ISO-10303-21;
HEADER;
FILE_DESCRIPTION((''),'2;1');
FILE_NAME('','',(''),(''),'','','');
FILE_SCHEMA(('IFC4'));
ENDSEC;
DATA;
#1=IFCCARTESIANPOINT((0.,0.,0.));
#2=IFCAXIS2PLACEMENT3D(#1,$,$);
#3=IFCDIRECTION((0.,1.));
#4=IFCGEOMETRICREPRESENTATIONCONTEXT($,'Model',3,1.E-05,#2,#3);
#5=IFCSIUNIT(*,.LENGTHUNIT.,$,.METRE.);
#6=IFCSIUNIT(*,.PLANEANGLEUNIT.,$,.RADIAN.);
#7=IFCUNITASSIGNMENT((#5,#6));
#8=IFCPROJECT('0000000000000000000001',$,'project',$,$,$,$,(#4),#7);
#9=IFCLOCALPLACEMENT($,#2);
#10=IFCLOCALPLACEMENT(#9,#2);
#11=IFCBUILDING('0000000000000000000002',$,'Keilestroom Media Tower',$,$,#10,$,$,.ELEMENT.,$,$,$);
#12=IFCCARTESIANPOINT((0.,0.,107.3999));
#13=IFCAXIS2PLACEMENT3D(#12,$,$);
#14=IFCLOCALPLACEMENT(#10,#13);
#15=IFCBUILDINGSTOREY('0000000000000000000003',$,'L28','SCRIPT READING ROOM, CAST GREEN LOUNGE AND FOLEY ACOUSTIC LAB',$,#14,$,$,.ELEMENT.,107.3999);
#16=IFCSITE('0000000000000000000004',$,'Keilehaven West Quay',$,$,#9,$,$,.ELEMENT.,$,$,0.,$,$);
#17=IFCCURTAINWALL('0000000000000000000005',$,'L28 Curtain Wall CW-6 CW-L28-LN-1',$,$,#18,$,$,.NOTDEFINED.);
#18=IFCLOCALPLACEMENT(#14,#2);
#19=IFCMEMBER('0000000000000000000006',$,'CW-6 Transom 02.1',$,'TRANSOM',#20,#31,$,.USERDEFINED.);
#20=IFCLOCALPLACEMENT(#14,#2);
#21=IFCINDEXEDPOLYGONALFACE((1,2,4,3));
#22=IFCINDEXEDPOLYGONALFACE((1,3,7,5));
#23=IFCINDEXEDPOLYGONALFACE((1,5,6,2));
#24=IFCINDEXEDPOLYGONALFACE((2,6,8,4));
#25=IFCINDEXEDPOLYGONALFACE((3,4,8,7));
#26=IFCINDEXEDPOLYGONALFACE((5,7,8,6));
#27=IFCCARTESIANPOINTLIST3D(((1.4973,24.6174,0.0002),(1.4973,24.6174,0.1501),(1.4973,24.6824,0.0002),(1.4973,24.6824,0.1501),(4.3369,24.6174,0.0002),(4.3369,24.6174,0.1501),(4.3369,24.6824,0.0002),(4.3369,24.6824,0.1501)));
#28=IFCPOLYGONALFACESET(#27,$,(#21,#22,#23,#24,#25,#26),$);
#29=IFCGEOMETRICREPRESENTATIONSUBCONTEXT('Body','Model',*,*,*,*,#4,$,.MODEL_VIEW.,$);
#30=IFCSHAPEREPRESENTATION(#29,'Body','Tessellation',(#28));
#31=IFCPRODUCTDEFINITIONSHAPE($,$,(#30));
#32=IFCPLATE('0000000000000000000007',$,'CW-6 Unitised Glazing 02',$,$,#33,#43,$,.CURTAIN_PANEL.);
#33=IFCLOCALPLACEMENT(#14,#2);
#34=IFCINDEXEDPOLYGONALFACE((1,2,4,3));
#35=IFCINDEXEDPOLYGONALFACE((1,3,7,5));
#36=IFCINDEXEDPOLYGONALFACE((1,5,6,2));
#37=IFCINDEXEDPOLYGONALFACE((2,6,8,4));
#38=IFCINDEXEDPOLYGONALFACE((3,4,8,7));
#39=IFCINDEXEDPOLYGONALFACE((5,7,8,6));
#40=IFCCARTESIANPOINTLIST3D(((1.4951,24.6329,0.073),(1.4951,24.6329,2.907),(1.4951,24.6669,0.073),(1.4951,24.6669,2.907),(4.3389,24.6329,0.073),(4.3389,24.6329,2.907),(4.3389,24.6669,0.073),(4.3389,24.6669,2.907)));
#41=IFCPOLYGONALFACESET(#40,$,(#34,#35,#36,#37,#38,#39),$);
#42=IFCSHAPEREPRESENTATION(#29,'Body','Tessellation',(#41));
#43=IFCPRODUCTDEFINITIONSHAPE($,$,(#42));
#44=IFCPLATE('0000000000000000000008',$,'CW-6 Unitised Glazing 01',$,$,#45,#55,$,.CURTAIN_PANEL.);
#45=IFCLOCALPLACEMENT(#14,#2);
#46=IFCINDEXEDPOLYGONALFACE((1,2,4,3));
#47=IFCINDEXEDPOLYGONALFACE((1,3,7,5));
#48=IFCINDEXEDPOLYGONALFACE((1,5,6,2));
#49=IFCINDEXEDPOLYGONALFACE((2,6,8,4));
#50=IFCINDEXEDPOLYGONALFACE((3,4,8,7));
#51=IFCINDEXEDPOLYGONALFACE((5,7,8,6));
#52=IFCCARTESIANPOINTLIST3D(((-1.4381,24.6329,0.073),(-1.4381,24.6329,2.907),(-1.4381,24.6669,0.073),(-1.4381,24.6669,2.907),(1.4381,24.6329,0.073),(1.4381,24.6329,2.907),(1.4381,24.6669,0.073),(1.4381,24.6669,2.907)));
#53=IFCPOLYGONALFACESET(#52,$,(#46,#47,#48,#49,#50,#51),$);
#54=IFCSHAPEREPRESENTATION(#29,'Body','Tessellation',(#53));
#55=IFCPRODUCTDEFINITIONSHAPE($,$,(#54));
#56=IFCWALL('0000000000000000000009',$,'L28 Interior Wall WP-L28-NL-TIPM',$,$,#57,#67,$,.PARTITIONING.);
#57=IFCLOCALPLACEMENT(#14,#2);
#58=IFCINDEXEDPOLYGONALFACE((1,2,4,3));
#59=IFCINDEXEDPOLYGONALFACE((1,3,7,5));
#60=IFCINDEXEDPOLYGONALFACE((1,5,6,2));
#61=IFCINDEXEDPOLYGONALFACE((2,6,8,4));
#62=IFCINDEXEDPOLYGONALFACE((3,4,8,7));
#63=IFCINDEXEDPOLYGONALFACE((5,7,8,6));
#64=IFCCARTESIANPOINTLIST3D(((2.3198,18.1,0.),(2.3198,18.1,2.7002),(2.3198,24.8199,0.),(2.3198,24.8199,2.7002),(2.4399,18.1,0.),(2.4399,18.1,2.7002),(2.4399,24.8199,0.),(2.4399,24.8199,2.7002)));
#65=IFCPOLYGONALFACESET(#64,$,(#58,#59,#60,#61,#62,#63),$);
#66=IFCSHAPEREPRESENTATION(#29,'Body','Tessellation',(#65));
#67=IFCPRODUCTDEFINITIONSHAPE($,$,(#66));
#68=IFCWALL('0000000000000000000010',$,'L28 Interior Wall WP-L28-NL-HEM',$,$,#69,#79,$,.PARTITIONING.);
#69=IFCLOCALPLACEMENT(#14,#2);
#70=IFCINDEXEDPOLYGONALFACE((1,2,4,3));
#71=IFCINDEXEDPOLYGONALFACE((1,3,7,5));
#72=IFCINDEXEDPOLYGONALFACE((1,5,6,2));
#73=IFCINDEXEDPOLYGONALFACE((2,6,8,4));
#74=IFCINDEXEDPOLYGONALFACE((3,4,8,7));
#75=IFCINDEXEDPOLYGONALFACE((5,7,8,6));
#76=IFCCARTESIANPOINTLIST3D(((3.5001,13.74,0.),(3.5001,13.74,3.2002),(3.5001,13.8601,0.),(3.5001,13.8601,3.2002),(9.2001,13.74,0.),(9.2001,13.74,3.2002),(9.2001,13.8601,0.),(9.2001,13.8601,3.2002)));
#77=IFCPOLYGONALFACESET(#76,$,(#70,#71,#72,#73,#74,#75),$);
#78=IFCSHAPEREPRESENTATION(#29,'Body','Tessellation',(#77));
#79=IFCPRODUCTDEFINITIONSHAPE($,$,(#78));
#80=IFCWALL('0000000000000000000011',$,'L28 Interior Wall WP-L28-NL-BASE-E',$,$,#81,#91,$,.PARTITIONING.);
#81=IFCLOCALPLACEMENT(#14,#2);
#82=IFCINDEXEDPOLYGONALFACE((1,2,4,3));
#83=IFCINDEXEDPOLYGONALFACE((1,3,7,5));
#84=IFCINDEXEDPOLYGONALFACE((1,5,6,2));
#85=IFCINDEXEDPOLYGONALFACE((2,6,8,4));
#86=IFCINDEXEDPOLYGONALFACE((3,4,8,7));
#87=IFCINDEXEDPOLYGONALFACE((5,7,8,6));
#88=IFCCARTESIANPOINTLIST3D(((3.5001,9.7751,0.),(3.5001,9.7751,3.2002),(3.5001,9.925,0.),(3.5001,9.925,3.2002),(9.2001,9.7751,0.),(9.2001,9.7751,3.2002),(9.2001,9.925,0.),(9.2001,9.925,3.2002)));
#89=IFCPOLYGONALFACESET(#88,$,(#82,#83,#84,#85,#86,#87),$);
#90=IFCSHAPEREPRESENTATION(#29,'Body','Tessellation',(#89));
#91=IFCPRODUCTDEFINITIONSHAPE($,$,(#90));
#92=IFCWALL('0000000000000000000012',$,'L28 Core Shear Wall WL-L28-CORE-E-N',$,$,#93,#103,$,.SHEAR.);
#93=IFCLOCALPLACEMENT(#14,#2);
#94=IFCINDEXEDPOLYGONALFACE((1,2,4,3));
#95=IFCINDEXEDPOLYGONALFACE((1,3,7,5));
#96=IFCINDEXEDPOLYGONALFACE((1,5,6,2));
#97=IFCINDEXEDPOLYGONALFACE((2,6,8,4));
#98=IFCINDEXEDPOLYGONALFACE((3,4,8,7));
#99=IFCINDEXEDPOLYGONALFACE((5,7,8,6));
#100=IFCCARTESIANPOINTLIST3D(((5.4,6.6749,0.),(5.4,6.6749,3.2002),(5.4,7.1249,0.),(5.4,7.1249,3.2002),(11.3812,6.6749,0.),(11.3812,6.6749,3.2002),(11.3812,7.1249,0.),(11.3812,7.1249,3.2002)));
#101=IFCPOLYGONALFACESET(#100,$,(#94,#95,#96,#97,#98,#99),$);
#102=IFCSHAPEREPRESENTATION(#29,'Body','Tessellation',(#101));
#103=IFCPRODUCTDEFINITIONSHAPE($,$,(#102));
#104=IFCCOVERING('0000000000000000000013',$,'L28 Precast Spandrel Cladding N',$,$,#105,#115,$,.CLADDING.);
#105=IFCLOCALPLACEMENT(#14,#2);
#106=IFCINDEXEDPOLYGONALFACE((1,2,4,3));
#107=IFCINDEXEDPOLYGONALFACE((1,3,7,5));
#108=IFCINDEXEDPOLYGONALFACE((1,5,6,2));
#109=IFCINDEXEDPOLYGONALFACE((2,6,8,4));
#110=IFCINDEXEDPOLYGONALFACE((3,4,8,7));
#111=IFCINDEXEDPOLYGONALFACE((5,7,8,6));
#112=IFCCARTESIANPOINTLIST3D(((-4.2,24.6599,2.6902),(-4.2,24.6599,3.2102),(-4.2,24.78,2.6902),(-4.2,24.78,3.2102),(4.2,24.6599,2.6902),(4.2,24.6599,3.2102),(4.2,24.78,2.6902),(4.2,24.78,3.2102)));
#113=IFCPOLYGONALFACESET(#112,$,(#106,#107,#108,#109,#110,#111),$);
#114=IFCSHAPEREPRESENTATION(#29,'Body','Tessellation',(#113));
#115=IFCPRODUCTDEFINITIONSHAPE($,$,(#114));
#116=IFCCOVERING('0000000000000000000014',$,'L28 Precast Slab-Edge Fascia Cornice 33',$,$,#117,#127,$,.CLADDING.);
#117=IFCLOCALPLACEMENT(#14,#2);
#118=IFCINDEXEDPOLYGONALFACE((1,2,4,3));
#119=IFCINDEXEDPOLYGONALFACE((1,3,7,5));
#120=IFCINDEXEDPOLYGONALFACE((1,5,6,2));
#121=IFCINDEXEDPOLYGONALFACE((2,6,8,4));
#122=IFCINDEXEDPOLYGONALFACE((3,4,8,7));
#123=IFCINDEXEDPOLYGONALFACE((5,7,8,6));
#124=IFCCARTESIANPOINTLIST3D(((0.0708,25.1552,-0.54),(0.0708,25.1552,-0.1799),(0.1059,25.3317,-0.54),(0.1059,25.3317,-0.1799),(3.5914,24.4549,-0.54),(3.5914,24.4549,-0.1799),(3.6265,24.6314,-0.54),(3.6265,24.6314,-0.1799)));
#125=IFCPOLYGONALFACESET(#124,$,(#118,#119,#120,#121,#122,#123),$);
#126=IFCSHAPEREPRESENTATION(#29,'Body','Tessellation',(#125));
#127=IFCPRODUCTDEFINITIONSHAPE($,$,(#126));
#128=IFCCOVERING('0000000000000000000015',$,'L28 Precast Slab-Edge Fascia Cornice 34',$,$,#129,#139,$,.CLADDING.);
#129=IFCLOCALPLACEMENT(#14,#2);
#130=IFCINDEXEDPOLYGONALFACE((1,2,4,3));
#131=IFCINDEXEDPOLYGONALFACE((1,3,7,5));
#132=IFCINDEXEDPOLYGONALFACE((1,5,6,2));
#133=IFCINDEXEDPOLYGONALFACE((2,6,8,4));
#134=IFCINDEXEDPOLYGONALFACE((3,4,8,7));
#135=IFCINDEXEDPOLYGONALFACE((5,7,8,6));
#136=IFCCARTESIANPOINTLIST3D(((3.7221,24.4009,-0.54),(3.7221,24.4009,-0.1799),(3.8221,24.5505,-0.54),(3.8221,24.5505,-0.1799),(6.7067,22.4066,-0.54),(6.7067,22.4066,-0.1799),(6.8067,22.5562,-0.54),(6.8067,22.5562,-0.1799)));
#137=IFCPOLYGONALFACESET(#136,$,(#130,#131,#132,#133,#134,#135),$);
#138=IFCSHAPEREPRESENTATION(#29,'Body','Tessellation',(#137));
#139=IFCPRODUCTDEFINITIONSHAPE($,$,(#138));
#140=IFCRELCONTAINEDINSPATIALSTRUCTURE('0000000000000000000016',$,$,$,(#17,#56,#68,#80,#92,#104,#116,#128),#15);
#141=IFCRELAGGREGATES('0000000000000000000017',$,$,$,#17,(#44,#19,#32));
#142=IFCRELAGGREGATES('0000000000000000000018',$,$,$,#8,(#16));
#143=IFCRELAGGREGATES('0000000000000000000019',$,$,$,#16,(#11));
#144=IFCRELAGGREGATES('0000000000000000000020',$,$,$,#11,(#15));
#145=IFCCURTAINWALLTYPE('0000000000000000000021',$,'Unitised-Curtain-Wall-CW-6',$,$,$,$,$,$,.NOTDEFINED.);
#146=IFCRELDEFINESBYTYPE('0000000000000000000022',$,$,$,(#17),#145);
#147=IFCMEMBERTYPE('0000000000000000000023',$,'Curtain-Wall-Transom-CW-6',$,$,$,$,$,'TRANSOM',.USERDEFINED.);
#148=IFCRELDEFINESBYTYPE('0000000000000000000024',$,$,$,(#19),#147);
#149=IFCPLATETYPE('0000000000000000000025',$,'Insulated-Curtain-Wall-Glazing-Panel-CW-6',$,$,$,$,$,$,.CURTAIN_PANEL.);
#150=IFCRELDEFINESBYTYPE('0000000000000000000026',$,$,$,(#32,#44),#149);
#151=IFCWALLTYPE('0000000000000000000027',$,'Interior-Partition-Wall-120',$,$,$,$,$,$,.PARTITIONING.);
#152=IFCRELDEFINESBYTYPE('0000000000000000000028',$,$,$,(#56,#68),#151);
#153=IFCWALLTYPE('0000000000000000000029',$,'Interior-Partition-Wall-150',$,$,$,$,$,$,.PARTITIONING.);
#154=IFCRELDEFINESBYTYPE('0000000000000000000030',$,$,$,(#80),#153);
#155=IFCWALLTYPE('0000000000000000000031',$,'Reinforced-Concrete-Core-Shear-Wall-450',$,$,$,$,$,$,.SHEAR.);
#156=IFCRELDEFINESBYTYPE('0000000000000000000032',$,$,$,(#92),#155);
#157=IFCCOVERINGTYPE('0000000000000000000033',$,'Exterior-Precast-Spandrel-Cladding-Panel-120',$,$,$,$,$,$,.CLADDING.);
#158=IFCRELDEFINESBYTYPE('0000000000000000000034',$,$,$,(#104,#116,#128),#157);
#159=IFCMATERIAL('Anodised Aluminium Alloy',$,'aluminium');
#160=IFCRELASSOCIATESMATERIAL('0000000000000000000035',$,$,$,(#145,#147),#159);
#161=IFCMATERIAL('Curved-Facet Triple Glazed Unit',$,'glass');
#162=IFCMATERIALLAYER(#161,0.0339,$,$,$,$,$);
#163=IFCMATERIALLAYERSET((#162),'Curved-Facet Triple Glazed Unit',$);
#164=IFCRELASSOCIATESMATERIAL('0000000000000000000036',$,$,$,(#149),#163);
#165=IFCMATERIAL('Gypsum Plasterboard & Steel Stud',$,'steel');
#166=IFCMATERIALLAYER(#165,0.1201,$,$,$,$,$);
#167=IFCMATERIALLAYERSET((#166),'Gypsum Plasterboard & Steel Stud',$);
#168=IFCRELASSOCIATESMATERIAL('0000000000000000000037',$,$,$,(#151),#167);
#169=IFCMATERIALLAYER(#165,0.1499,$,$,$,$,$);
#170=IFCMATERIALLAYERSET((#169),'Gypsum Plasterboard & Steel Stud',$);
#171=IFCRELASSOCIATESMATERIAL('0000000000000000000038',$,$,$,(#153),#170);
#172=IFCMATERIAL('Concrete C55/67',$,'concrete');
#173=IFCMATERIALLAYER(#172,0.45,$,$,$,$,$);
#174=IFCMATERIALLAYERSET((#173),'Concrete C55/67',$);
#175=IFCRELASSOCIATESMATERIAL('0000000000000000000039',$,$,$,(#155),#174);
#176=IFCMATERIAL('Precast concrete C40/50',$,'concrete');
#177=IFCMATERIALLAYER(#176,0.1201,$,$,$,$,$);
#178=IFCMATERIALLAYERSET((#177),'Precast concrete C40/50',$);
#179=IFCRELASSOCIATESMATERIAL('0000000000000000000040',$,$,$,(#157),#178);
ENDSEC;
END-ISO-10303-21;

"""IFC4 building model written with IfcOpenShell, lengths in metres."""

from ifc_helpers import new_model, si_unit, direction, frame, frame_2d, origin, origin_2d, place, context, subcontext, project, spatial, rectangle, extrude, source, transform, mapped, material, layer, layer_set, material_profile, profile_set, type_object, element, aggregate, save


model = new_model("IFC4")

# Units and contexts
model_context = context("Model", 3, precision=1e-05, world=origin(), true_north=direction((0.0, 1.0)))
body_context = subcontext(model_context, "Body", "Model", "MODEL_VIEW")
ifc_project = project(units=[si_unit("LENGTHUNIT", "METRE"), si_unit("PLANEANGLEUNIT", "RADIAN")], contexts=[model_context])

# Site, building, storey
site_placement = place(None, origin())
site = spatial("IfcSite", under=ifc_project, at=site_placement, Name="Keilehaven West Quay", CompositionType="ELEMENT", RefElevation=0.0)
building_placement = place(site_placement, origin())
building = spatial("IfcBuilding", under=site, at=building_placement, Name="Keilestroom Media Tower", CompositionType="ELEMENT")
storey_placement = place(building_placement, frame((0.0, 0.0, 107.3999)))
storey = spatial("IfcBuildingStorey", under=building, at=storey_placement, Name="L28", Description="SCRIPT READING ROOM, CAST GREEN LOUNGE AND FOLEY ACOUSTIC LAB", CompositionType="ELEMENT", Elevation=107.3999)

# Shared definitions
ifc_material_1 = material(Name="Concrete C55/67", Category="concrete")

# Curtain wall, member, plates
ifc_material_2 = material(Name="Anodised Aluminium Alloy", Category="aluminium")
curtain_wall_type = type_object("IfcCurtainWallType", Name="Unitised-Curtain-Wall-CW-6", PredefinedType="NOTDEFINED", material=ifc_material_2)
curtain_wall_placement = place(storey_placement, origin())
curtain_wall = element("IfcCurtainWall", 1, at=curtain_wall_placement, inside=storey, type_object=curtain_wall_type, Name="L28 Curtain Wall CW-6 CW-L28-LN-1", PredefinedType="NOTDEFINED")
ifc_material_profile_1 = material_profile(ifc_material_2, rectangle(XDim=0.0649, YDim=0.1499, at=origin_2d()), Name="ALU TRANSOM 65x150")
ifc_profile_set_1 = profile_set([ifc_material_profile_1], Name="Anodised Aluminium Alloy")
member_type_1 = type_object("IfcMemberType", Name="Curtain-Wall-Transom-CW-6", ElementType="TRANSOM", PredefinedType="USERDEFINED", material=ifc_profile_set_1)
shared_shape_1 = source(origin(), body_context, "Body", "SweptSolid", [
    extrude(rectangle(XDim=0.0649, YDim=0.1499, at=origin_2d()), origin(), (0.0, 0.0, 1.0), 2.8396),
])
member_1_placement = place(storey_placement, frame((1.4973, 24.6499, 0.0752), z_axis=(1.0, 0.0, 0.0), x_axis=(0.0, 1.0, 0.0)))
member_1 = element("IfcMember", 2, at=member_1_placement, type_object=member_type_1, Name="CW-6 Transom 02.1", ObjectType="TRANSOM", PredefinedType="USERDEFINED", context=body_context, shape_type="MappedRepresentation", body=[
    mapped(shared_shape_1, transform((0.0, 0.0, 0.0), x_axis=(1.0, 0.0, 0.0), y_axis=(0.0, 1.0, 0.0), z_axis=(0.0, 0.0, 1.0), scale=1.0)),
])
ifc_material_3 = material(Name="Curved-Facet Triple Glazed Unit", Category="glass")
ifc_layer_1 = layer(ifc_material_3, 0.0339)
ifc_layer_set_1 = layer_set([ifc_layer_1], Name="Curved-Facet Triple Glazed Unit")
plate_type = type_object("IfcPlateType", Name="Insulated-Curtain-Wall-Glazing-Panel-CW-6", PredefinedType="CURTAIN_PANEL", material=ifc_layer_set_1)
shared_shape_2 = source(origin(), body_context, "Body", "SweptSolid", [
    extrude(rectangle(XDim=2.8438, YDim=0.0339, at=origin_2d()), origin(), (0.0, 0.0, 1.0), 2.834),
])
plate_1_placement = place(storey_placement, frame((2.917, 24.6499, 0.073), z_axis=(0.0, 0.0, 1.0), x_axis=(1.0, 0.0, 0.0)))
plate_1 = element("IfcPlate", 3, at=plate_1_placement, type_object=plate_type, Name="CW-6 Unitised Glazing 02", PredefinedType="CURTAIN_PANEL", context=body_context, shape_type="MappedRepresentation", body=[
    mapped(shared_shape_2, transform((0.0, 0.0, 0.0), x_axis=(1.0, 0.0, 0.0), y_axis=(0.0, 1.0, 0.0), z_axis=(0.0, 0.0, 1.0), scale=1.0)),
])
shared_shape_3 = source(origin(), body_context, "Body", "SweptSolid", [
    extrude(rectangle(XDim=2.8762, YDim=0.0339, at=origin_2d()), origin(), (0.0, 0.0, 1.0), 2.834),
])
plate_2_placement = place(storey_placement, frame((0.0, 24.6499, 0.073), z_axis=(0.0, 0.0, 1.0), x_axis=(1.0, 0.0, 0.0)))
plate_2 = element("IfcPlate", 4, at=plate_2_placement, type_object=plate_type, Name="CW-6 Unitised Glazing 01", PredefinedType="CURTAIN_PANEL", context=body_context, shape_type="MappedRepresentation", body=[
    mapped(shared_shape_3, transform((0.0, 0.0, 0.0), x_axis=(1.0, 0.0, 0.0), y_axis=(0.0, 1.0, 0.0), z_axis=(0.0, 0.0, 1.0), scale=1.0)),
])
aggregate(curtain_wall, [plate_2, member_1, plate_1])

# Shared definitions
ifc_material_4 = material(Name="Gypsum Plasterboard & Steel Stud", Category="steel")
ifc_layer_2 = layer(ifc_material_4, 0.1201)
ifc_layer_set_2 = layer_set([ifc_layer_2], Name="Gypsum Plasterboard & Steel Stud")
wall_type_1 = type_object("IfcWallType", Name="Interior-Partition-Wall-120", PredefinedType="PARTITIONING", material=ifc_layer_set_2)

# Walls
wall_1_placement = place(storey_placement, frame((2.3799, 18.1001, 0.0), z_axis=(0.0, 0.0, 1.0), x_axis=(0.0, 1.0, 0.0)))
element("IfcWall", 5, at=wall_1_placement, inside=storey, type_object=wall_type_1, Name="L28 Interior Wall WP-L28-NL-TIPM", PredefinedType="PARTITIONING", context=body_context, shape_type="SweptSolid", body=[
    extrude(rectangle(XDim=6.72, YDim=0.1201, at=frame_2d((3.3599, 0.0))), origin(), (0.0, 0.0, 1.0), 2.7002),
])
wall_2_placement = place(storey_placement, frame((3.5, 13.8, 0.0), z_axis=(0.0, 0.0, 1.0), x_axis=(1.0, 0.0, 0.0)))
element("IfcWall", 6, at=wall_2_placement, inside=storey, type_object=wall_type_1, Name="L28 Interior Wall WP-L28-NL-HEM", PredefinedType="PARTITIONING", context=body_context, shape_type="SweptSolid", body=[
    extrude(rectangle(XDim=5.7, YDim=0.1201, at=frame_2d((2.8501, 0.0))), origin(), (0.0, 0.0, 1.0), 3.2002),
])
ifc_layer_3 = layer(ifc_material_4, 0.1499)
ifc_layer_set_3 = layer_set([ifc_layer_3], Name="Gypsum Plasterboard & Steel Stud")
wall_type_2 = type_object("IfcWallType", Name="Interior-Partition-Wall-150", PredefinedType="PARTITIONING", material=ifc_layer_set_3)
wall_3_placement = place(storey_placement, frame((3.5, 9.8501, 0.0), z_axis=(0.0, 0.0, 1.0), x_axis=(1.0, 0.0, 0.0)))
element("IfcWall", 7, at=wall_3_placement, inside=storey, type_object=wall_type_2, Name="L28 Interior Wall WP-L28-NL-BASE-E", PredefinedType="PARTITIONING", context=body_context, shape_type="SweptSolid", body=[
    extrude(rectangle(XDim=5.7, YDim=0.1499, at=frame_2d((2.8501, 0.0))), origin(), (0.0, 0.0, 1.0), 3.2002),
])
ifc_layer_4 = layer(ifc_material_1, 0.45)
ifc_layer_set_4 = layer_set([ifc_layer_4], Name="Concrete C55/67")
wall_type_3 = type_object("IfcWallType", Name="Reinforced-Concrete-Core-Shear-Wall-450", PredefinedType="SHEAR", material=ifc_layer_set_4)
wall_4_placement = place(storey_placement, frame((5.3999, 6.8999, 0.0), z_axis=(0.0, 0.0, 1.0), x_axis=(1.0, 0.0, 0.0)))
element("IfcWall", 8, at=wall_4_placement, inside=storey, type_object=wall_type_3, Name="L28 Core Shear Wall WL-L28-CORE-E-N", PredefinedType="SHEAR", context=body_context, shape_type="SweptSolid", body=[
    extrude(rectangle(XDim=5.9812, YDim=0.45, at=frame_2d((2.9907, 0.0))), origin(), (0.0, 0.0, 1.0), 3.2002),
])

# Coverings
ifc_material_5 = material(Name="Precast concrete C40/50", Category="concrete")
ifc_layer_5 = layer(ifc_material_5, 0.1201)
ifc_layer_set_5 = layer_set([ifc_layer_5], Name="Precast concrete C40/50")
covering_type = type_object("IfcCoveringType", Name="Exterior-Precast-Spandrel-Cladding-Panel-120", PredefinedType="CLADDING", material=ifc_layer_set_5)
shared_shape_4 = source(origin(), body_context, "Body", "SweptSolid", [
    extrude(rectangle(XDim=8.3999, YDim=0.1201, at=origin_2d()), origin(), (0.0, 0.0, 1.0), 0.52),
])
covering_placement = place(storey_placement, frame((0.0, 24.72, 2.6902), z_axis=(0.0, 0.0, 1.0), x_axis=(1.0, 0.0, 0.0)))
element("IfcCovering", 9, at=covering_placement, inside=storey, type_object=covering_type, Name="L28 Precast Spandrel Cladding N", PredefinedType="CLADDING", context=body_context, shape_type="MappedRepresentation", body=[
    mapped(shared_shape_4, transform((0.0, 0.0, 0.0), x_axis=(1.0, 0.0, 0.0), y_axis=(0.0, 1.0, 0.0), z_axis=(0.0, 0.0, 1.0), scale=1.0)),
])
shared_shape_5 = source(origin(), body_context, "Body", "SweptSolid", [
    extrude(rectangle(XDim=3.5896, YDim=0.1799, at=origin_2d()), origin(), (0.0, 0.0, 1.0), 0.3601),
])
for number, where, z_axis, x_axis, name in (
    (10, (1.8486, 24.8933, -0.54), (0.0, 0.0, 1.0), (0.980784, -0.195099, 0.0), "L28 Precast Slab-Edge Fascia Cornice 33"),
    (11, (5.2644, 23.4785, -0.54), (0.0, 0.0, 1.0), (0.831467, -0.555575, 0.0), "L28 Precast Slab-Edge Fascia Cornice 34"),
):
    element("IfcCovering", number, at=place(storey_placement, frame(where, z_axis=z_axis, x_axis=x_axis)), inside=storey, type_object=covering_type, Name=name, PredefinedType="CLADDING", context=body_context, shape_type="MappedRepresentation", body=[
        mapped(shared_shape_5, transform((0.0, 0.0, 0.0), x_axis=(1.0, 0.0, 0.0), y_axis=(0.0, 1.0, 0.0), z_axis=(0.0, 0.0, 1.0), scale=1.0)),
    ])

save(model, "model.ifc")
